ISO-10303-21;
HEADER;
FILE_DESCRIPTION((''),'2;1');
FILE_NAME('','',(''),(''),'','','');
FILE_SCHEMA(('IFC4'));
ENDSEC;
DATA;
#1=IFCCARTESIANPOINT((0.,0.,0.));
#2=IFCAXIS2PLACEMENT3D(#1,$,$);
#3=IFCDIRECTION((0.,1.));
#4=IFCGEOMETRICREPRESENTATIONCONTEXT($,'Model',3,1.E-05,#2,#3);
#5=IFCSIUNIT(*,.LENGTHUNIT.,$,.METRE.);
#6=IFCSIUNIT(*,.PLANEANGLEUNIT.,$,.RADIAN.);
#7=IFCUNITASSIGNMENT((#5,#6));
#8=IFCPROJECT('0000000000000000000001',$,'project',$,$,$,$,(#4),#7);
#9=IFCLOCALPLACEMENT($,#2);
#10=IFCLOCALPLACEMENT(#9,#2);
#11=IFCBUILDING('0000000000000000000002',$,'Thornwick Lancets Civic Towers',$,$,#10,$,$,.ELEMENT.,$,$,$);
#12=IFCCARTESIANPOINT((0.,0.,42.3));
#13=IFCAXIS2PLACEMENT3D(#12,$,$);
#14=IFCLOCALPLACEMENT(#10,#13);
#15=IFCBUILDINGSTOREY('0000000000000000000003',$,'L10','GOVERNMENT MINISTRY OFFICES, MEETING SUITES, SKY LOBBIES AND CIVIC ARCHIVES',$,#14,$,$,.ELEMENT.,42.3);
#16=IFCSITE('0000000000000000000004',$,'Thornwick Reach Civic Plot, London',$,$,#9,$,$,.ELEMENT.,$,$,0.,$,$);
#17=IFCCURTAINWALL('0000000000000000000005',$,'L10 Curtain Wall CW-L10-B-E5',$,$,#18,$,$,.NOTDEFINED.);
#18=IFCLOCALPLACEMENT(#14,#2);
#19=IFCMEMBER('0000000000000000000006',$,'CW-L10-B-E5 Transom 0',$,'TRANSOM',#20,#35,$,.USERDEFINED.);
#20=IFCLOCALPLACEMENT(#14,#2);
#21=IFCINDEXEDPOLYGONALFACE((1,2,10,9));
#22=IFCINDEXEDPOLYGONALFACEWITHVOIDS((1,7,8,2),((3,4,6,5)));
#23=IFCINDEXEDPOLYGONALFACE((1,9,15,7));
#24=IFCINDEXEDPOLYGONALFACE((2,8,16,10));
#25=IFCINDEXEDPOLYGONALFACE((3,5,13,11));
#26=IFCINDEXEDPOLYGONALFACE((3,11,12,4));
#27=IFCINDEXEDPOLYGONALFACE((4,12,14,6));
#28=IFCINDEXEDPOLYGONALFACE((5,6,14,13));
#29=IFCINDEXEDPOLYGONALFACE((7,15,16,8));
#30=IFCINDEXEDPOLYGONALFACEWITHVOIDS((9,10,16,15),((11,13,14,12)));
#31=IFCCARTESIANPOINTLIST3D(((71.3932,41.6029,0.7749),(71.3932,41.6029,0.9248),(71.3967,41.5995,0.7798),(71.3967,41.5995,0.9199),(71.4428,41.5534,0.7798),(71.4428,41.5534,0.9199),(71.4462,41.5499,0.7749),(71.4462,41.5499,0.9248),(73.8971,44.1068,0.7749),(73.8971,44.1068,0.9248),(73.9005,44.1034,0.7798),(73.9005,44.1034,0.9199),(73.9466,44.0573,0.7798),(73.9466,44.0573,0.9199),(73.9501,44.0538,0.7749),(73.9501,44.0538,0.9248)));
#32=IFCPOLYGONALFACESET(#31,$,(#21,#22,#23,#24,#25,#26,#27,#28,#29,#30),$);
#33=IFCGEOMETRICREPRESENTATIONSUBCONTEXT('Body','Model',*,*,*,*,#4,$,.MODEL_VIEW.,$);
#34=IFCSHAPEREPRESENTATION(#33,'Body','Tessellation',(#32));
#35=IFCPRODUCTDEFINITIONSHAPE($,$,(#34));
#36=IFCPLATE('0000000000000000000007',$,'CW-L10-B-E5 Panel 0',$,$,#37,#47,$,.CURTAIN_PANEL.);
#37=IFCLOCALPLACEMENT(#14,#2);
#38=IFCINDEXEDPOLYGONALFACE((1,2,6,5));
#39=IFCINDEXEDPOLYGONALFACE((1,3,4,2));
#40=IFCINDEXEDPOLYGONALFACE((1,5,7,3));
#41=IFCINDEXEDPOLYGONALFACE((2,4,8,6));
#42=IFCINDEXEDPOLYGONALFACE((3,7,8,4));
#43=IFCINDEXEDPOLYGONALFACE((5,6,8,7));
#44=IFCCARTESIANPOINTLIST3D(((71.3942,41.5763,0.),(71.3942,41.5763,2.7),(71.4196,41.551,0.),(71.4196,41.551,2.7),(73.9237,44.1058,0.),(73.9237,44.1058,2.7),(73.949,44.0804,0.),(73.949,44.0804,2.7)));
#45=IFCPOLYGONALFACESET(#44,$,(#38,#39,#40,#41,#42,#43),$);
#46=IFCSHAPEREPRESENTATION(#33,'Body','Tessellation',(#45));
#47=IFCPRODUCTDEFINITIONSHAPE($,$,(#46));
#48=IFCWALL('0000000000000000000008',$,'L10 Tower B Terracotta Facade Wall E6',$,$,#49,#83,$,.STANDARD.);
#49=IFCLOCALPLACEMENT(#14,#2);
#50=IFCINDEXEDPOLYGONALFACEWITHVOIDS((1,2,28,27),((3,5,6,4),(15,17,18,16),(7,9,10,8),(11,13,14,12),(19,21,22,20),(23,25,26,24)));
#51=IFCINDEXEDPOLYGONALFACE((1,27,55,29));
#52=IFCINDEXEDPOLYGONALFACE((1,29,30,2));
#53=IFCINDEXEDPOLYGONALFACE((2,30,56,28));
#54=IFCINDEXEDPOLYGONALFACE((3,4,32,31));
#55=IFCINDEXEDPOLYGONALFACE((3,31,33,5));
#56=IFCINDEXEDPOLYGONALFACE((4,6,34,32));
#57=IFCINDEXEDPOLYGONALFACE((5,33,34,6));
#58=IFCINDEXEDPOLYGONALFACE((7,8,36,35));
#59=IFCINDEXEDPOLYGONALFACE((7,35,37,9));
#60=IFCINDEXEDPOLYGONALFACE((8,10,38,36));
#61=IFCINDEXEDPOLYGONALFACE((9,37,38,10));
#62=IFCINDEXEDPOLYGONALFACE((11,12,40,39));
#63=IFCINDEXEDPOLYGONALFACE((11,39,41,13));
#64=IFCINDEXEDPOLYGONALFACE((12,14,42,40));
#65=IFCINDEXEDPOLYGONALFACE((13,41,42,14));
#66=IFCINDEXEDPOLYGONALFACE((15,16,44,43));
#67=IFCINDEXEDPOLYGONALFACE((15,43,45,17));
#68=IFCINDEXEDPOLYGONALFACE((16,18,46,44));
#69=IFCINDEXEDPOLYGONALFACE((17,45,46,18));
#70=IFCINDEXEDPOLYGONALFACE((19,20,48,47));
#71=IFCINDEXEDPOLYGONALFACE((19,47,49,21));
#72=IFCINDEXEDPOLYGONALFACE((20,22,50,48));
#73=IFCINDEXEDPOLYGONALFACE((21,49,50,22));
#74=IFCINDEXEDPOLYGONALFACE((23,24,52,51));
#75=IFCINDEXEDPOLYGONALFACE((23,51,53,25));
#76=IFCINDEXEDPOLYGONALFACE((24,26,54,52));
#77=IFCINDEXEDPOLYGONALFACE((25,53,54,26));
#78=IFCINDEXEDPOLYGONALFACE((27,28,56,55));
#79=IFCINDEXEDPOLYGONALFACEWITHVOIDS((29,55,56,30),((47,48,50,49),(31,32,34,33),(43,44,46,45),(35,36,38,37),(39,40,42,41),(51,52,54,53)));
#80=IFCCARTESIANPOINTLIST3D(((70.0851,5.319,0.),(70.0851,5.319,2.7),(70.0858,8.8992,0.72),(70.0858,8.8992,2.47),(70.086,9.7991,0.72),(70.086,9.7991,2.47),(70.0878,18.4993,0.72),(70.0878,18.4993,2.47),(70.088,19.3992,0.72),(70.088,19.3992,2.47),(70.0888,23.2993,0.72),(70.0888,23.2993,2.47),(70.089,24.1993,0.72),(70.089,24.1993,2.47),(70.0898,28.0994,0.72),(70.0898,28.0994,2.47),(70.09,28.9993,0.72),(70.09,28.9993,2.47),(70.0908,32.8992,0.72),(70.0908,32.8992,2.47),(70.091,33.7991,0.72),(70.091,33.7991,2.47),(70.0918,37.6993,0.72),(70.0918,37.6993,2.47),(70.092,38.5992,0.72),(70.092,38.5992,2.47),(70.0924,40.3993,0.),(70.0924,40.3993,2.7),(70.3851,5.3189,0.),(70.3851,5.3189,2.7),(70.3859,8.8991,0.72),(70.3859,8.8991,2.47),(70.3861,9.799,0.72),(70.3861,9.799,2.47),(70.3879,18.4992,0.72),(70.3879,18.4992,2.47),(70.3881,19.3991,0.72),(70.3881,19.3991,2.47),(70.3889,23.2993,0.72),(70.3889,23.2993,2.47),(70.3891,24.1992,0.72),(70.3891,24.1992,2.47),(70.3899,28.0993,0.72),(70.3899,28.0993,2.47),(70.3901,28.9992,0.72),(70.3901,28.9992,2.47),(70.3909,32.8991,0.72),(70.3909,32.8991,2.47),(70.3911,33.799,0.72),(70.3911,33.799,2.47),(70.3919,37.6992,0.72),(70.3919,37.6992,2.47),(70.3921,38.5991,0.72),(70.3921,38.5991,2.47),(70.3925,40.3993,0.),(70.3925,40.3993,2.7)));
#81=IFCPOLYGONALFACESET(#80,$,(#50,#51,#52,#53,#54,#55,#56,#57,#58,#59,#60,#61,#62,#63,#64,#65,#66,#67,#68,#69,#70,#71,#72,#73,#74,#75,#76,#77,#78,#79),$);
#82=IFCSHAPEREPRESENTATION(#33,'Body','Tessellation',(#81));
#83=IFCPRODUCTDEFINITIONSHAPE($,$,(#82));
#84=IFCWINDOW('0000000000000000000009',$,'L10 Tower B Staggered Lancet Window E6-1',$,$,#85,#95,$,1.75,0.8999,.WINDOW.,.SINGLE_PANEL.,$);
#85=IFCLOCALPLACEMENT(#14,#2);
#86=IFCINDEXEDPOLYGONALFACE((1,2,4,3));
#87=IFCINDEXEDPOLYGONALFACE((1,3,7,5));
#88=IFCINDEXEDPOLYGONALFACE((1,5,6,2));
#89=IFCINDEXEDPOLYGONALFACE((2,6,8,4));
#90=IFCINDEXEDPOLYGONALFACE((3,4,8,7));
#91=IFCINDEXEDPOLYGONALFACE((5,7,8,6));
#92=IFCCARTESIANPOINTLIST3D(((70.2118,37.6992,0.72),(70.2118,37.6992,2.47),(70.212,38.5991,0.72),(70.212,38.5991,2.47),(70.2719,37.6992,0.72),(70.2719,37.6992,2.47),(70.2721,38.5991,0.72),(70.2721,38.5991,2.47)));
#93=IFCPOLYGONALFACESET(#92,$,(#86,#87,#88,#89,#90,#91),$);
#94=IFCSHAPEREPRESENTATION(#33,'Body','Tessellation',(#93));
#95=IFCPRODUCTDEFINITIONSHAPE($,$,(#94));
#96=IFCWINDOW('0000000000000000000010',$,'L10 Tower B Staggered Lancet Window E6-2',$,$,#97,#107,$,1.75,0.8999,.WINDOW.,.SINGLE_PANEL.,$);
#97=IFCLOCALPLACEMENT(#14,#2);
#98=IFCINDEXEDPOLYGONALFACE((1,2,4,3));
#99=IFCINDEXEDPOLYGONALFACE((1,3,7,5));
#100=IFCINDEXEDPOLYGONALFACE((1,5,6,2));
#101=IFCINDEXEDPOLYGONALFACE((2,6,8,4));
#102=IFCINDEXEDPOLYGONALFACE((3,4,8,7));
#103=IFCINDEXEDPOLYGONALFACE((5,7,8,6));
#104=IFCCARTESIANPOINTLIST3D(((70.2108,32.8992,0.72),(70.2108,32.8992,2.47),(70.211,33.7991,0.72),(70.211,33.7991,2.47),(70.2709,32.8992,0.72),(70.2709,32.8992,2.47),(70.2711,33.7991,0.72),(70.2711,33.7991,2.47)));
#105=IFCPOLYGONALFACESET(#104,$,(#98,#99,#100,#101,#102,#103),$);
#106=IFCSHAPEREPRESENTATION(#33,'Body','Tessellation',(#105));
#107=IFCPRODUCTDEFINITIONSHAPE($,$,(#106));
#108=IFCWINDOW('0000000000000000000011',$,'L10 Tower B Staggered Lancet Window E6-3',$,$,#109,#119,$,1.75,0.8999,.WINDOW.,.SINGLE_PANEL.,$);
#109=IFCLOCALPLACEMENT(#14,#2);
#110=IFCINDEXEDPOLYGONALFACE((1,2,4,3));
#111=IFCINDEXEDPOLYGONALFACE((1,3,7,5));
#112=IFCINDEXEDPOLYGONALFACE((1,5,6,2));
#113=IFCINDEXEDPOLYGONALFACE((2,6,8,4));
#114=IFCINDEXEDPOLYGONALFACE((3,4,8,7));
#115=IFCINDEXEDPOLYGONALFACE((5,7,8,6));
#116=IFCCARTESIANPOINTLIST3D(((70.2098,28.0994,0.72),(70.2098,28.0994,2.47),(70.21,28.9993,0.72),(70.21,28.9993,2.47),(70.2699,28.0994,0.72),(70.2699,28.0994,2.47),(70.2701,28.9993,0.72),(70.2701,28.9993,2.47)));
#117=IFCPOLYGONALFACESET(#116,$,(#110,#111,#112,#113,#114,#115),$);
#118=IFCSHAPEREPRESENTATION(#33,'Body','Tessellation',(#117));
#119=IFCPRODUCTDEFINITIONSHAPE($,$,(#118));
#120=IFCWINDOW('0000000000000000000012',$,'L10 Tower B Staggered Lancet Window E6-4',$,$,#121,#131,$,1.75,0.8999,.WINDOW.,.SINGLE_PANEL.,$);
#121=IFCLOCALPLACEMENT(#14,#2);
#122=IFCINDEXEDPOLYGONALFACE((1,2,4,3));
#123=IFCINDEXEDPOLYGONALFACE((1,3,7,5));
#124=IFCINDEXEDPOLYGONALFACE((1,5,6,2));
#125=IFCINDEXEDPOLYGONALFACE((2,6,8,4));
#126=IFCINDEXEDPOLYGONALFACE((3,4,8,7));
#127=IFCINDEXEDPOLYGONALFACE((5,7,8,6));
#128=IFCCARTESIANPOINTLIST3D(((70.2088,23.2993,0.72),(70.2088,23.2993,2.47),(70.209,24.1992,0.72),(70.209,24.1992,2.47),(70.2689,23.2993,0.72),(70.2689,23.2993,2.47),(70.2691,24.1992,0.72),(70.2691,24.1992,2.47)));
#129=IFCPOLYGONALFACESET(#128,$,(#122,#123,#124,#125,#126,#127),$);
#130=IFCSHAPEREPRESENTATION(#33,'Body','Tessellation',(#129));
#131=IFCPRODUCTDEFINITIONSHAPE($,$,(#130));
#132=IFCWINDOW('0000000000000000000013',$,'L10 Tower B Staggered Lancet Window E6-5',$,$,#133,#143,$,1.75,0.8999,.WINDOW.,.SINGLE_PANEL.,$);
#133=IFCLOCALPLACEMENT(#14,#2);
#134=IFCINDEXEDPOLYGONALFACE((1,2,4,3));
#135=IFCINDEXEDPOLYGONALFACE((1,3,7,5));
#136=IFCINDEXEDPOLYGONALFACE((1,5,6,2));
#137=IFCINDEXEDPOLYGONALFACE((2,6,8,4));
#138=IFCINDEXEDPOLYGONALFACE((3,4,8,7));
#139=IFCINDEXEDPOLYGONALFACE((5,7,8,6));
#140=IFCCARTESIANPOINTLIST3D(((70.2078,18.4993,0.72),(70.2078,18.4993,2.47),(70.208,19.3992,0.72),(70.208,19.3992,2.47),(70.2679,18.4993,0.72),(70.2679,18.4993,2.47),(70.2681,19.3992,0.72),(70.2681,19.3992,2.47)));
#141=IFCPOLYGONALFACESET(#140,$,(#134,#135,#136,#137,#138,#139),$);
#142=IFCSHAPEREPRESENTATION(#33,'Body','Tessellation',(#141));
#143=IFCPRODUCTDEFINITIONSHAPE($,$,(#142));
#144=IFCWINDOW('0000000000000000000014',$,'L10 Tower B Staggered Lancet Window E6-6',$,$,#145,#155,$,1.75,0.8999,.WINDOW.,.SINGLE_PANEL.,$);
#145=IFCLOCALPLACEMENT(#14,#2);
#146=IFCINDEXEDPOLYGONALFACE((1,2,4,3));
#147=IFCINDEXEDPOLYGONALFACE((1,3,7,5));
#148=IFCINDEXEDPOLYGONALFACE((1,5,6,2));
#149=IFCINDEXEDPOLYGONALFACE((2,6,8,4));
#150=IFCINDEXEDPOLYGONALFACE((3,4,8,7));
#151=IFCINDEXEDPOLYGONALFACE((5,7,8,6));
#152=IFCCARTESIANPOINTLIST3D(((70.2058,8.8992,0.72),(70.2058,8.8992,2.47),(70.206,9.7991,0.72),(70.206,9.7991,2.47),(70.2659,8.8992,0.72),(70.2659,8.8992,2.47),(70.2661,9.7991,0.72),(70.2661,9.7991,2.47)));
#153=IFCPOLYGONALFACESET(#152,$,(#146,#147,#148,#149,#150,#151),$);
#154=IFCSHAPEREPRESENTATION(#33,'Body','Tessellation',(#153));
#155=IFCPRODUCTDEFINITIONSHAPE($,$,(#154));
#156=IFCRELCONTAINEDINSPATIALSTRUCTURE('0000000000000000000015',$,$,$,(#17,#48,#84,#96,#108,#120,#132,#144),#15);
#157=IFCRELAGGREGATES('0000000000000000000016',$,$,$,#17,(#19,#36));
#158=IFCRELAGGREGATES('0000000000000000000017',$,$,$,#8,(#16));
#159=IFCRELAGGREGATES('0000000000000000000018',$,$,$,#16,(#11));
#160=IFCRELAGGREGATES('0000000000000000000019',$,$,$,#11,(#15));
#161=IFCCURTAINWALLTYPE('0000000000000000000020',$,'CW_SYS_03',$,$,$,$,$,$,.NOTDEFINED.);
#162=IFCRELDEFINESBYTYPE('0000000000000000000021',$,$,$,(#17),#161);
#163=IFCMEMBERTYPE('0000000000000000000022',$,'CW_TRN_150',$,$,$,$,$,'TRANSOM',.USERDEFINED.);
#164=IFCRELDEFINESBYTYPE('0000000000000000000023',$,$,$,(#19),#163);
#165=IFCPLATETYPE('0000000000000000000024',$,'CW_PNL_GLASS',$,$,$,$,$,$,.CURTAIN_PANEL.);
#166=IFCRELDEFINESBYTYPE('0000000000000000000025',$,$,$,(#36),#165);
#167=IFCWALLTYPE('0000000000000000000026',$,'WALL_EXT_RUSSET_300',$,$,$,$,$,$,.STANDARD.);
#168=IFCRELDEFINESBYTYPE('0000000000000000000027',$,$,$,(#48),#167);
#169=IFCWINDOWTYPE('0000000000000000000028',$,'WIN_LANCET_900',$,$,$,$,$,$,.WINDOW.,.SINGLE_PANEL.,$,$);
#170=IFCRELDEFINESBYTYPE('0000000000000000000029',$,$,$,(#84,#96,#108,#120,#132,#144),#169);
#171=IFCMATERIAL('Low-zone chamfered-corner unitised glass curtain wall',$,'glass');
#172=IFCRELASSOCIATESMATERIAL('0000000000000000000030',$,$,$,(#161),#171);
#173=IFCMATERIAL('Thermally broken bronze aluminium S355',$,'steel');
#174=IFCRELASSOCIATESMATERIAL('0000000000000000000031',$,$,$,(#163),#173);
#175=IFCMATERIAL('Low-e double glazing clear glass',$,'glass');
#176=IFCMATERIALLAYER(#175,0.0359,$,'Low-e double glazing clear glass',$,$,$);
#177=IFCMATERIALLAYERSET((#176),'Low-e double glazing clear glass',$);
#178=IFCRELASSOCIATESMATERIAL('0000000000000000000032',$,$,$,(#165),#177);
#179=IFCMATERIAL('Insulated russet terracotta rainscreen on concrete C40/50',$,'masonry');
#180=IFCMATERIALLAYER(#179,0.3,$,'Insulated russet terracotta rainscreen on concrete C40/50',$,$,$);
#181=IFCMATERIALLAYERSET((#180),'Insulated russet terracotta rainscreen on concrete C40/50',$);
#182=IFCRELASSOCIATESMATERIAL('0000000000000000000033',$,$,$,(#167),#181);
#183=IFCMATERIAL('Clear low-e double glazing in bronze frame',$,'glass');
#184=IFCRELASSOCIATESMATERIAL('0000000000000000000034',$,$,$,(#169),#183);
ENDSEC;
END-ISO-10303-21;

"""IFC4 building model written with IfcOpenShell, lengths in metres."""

from ifc_helpers import new_model, si_unit, direction, frame, frame_2d, origin, origin_2d, place, context, subcontext, project, spatial, rectangle, hollow_rectangle, extrude, material, layer, layer_set, material_profile, profile_set, type_object, element, fill, aggregate, save


model = new_model("IFC4")

# Units and contexts
model_context = context("Model", 3, precision=1e-05, world=origin(), true_north=direction((0.0, 1.0)))
body_context = subcontext(model_context, "Body", "Model", "MODEL_VIEW")
ifc_project = project(units=[si_unit("LENGTHUNIT", "METRE"), si_unit("PLANEANGLEUNIT", "RADIAN")], contexts=[model_context])

# Site, building, storey
site_placement = place(None, origin())
site = spatial("IfcSite", under=ifc_project, at=site_placement, Name="Thornwick Reach Civic Plot, London", CompositionType="ELEMENT", RefElevation=0.0)
building_placement = place(site_placement, origin())
building = spatial("IfcBuilding", under=site, at=building_placement, Name="Thornwick Lancets Civic Towers", CompositionType="ELEMENT")
storey_placement = place(building_placement, frame((0.0, 0.0, 42.3)))
storey = spatial("IfcBuildingStorey", under=building, at=storey_placement, Name="L10", Description="GOVERNMENT MINISTRY OFFICES, MEETING SUITES, SKY LOBBIES AND CIVIC ARCHIVES", CompositionType="ELEMENT", Elevation=42.3)

# Curtain wall, member, plate
ifc_material_1 = material(Name="Low-zone chamfered-corner unitised glass curtain wall", Category="glass")
curtain_wall_type = type_object("IfcCurtainWallType", Name="CW_SYS_03", PredefinedType="NOTDEFINED", material=ifc_material_1)
curtain_wall_placement = place(storey_placement, origin())
curtain_wall = element("IfcCurtainWall", 1, at=curtain_wall_placement, inside=storey, type_object=curtain_wall_type, Name="L10 Curtain Wall CW-L10-B-E5", PredefinedType="NOTDEFINED")
ifc_material_2 = material(Name="Thermally broken bronze aluminium S355", Category="steel")
ifc_material_profile_1 = material_profile(ifc_material_2, hollow_rectangle(XDim=0.075, YDim=0.1499, WallThickness=0.0049, at=origin_2d()), Name="RHS 150x75x5")
ifc_profile_set_1 = profile_set([ifc_material_profile_1], Name="Thermally broken bronze aluminium S355")
member_type_1 = type_object("IfcMemberType", Name="CW_TRN_150", ElementType="TRANSOM", PredefinedType="USERDEFINED", material=ifc_profile_set_1)
member_1_placement = place(storey_placement, frame((73.9236, 44.0803, 0.8499), z_axis=(-0.707107, -0.707107, 0.0), x_axis=(0.707107, -0.707107, 0.0)))
member_1 = element("IfcMember", 2, at=member_1_placement, type_object=member_type_1, Name="CW-L10-B-E5 Transom 0", ObjectType="TRANSOM", PredefinedType="USERDEFINED", context=body_context, shape_type="SweptSolid", body=[
    extrude(hollow_rectangle(XDim=0.075, YDim=0.1499, WallThickness=0.0049, at=origin_2d()), origin(), (0.0, 0.0, 1.0), 3.541),
])
ifc_material_3 = material(Name="Low-e double glazing clear glass", Category="glass")
ifc_layer_1 = layer(ifc_material_3, 0.0359, Name="Low-e double glazing clear glass")
ifc_layer_set_1 = layer_set([ifc_layer_1], Name="Low-e double glazing clear glass")
plate_type = type_object("IfcPlateType", Name="CW_PNL_GLASS", PredefinedType="CURTAIN_PANEL", material=ifc_layer_set_1)
plate_placement = place(storey_placement, frame((72.6716, 42.8284, 0.0), z_axis=(0.0, 0.0, 1.0), x_axis=(-0.707107, -0.707107, 0.0)))
plate = element("IfcPlate", 3, at=plate_placement, type_object=plate_type, Name="CW-L10-B-E5 Panel 0", PredefinedType="CURTAIN_PANEL", context=body_context, shape_type="SweptSolid", body=[
    extrude(rectangle(XDim=3.5771, YDim=0.0359, at=origin_2d()), origin(), (0.0, 0.0, 1.0), 2.7),
])
aggregate(curtain_wall, [member_1, plate])

# Wall, openings, windows
ifc_material_4 = material(Name="Insulated russet terracotta rainscreen on concrete C40/50", Category="masonry")
ifc_layer_2 = layer(ifc_material_4, 0.3, Name="Insulated russet terracotta rainscreen on concrete C40/50")
ifc_layer_set_2 = layer_set([ifc_layer_2], Name="Insulated russet terracotta rainscreen on concrete C40/50")
wall_type_1 = type_object("IfcWallType", Name="WALL_EXT_RUSSET_300", PredefinedType="STANDARD", material=ifc_layer_set_2)
wall_1_placement = place(storey_placement, frame((70.2424, 40.3992, 0.0), z_axis=(0.0, 0.0, 1.0), x_axis=(-0.000209, -1.0, 0.0)))
wall_1 = element("IfcWall", 4, at=wall_1_placement, inside=storey, type_object=wall_type_1, Name="L10 Tower B Terracotta Facade Wall E6", PredefinedType="STANDARD", context=body_context, shape_type="SweptSolid", body=[
    extrude(rectangle(XDim=35.0803, YDim=0.3, at=frame_2d((17.54, 0.0))), origin(), (0.0, 0.0, 1.0), 2.7),
])
opening_1_placement = place(wall_1_placement, frame((1.8, 0.0, 0.72)))
opening_1 = element("IfcOpeningElement", 5, at=opening_1_placement, cuts=wall_1, PredefinedType="OPENING", context=body_context, shape_type="SweptSolid", body=[
    extrude(rectangle(XDim=0.8999, YDim=1.75, at=frame_2d((0.45, 0.875))), frame((0.0, 0.1602, 0.0), z_axis=(0.0, -1.0, 0.0), x_axis=(1.0, 0.0, 0.0)), (0.0, 0.0, 1.0), 0.3201),
])
opening_2_placement = place(wall_1_placement, frame((6.6001, 0.0, 0.72)))
opening_2 = element("IfcOpeningElement", 6, at=opening_2_placement, cuts=wall_1, PredefinedType="OPENING", context=body_context, shape_type="SweptSolid", body=[
    extrude(rectangle(XDim=0.8999, YDim=1.75, at=frame_2d((0.45, 0.875))), frame((0.0, 0.1602, 0.0), z_axis=(0.0, -1.0, 0.0), x_axis=(1.0, 0.0, 0.0)), (0.0, 0.0, 1.0), 0.3201),
])
opening_3_placement = place(wall_1_placement, frame((11.3999, 0.0, 0.72)))
opening_3 = element("IfcOpeningElement", 7, at=opening_3_placement, cuts=wall_1, PredefinedType="OPENING", context=body_context, shape_type="SweptSolid", body=[
    extrude(rectangle(XDim=0.8999, YDim=1.75, at=frame_2d((0.45, 0.875))), frame((0.0, 0.1602, 0.0), z_axis=(0.0, -1.0, 0.0), x_axis=(1.0, 0.0, 0.0)), (0.0, 0.0, 1.0), 0.3201),
])
opening_4_placement = place(wall_1_placement, frame((16.2, 0.0, 0.72)))
opening_4 = element("IfcOpeningElement", 8, at=opening_4_placement, cuts=wall_1, PredefinedType="OPENING", context=body_context, shape_type="SweptSolid", body=[
    extrude(rectangle(XDim=0.8999, YDim=1.75, at=frame_2d((0.45, 0.875))), frame((0.0, 0.1602, 0.0), z_axis=(0.0, -1.0, 0.0), x_axis=(1.0, 0.0, 0.0)), (0.0, 0.0, 1.0), 0.3201),
])
opening_5_placement = place(wall_1_placement, frame((21.0, 0.0, 0.72)))
opening_5 = element("IfcOpeningElement", 9, at=opening_5_placement, cuts=wall_1, PredefinedType="OPENING", context=body_context, shape_type="SweptSolid", body=[
    extrude(rectangle(XDim=0.8999, YDim=1.75, at=frame_2d((0.45, 0.875))), frame((0.0, 0.1602, 0.0), z_axis=(0.0, -1.0, 0.0), x_axis=(1.0, 0.0, 0.0)), (0.0, 0.0, 1.0), 0.3201),
])
opening_6_placement = place(wall_1_placement, frame((30.6001, 0.0, 0.72)))
opening_6 = element("IfcOpeningElement", 10, at=opening_6_placement, cuts=wall_1, PredefinedType="OPENING", context=body_context, shape_type="SweptSolid", body=[
    extrude(rectangle(XDim=0.8999, YDim=1.75, at=frame_2d((0.45, 0.875))), frame((0.0, 0.1602, 0.0), z_axis=(0.0, -1.0, 0.0), x_axis=(1.0, 0.0, 0.0)), (0.0, 0.0, 1.0), 0.3201),
])
ifc_material_5 = material(Name="Clear low-e double glazing in bronze frame", Category="glass")
window_type = type_object("IfcWindowType", Name="WIN_LANCET_900", PartitioningType="SINGLE_PANEL", PredefinedType="WINDOW", material=ifc_material_5)
window_1_placement = place(opening_1_placement, origin())
window_1 = element("IfcWindow", 11, at=window_1_placement, inside=storey, type_object=window_type, Name="L10 Tower B Staggered Lancet Window E6-1", OverallHeight=1.75, OverallWidth=0.8999, PartitioningType="SINGLE_PANEL", PredefinedType="WINDOW", context=body_context, shape_type="SweptSolid", body=[
    extrude(rectangle(XDim=0.8999, YDim=1.75, at=frame_2d((0.45, 0.875))), frame((0.0, 0.03, 0.0), z_axis=(0.0, -1.0, 0.0), x_axis=(1.0, 0.0, 0.0)), (0.0, 0.0, 1.0), 0.0601),
])
fill(opening_1, window_1)
window_2_placement = place(opening_2_placement, origin())
window_2 = element("IfcWindow", 12, at=window_2_placement, inside=storey, type_object=window_type, Name="L10 Tower B Staggered Lancet Window E6-2", OverallHeight=1.75, OverallWidth=0.8999, PartitioningType="SINGLE_PANEL", PredefinedType="WINDOW", context=body_context, shape_type="SweptSolid", body=[
    extrude(rectangle(XDim=0.8999, YDim=1.75, at=frame_2d((0.45, 0.875))), frame((0.0, 0.03, 0.0), z_axis=(0.0, -1.0, 0.0), x_axis=(1.0, 0.0, 0.0)), (0.0, 0.0, 1.0), 0.0601),
])
fill(opening_2, window_2)
window_3_placement = place(opening_3_placement, origin())
window_3 = element("IfcWindow", 13, at=window_3_placement, inside=storey, type_object=window_type, Name="L10 Tower B Staggered Lancet Window E6-3", OverallHeight=1.75, OverallWidth=0.8999, PartitioningType="SINGLE_PANEL", PredefinedType="WINDOW", context=body_context, shape_type="SweptSolid", body=[
    extrude(rectangle(XDim=0.8999, YDim=1.75, at=frame_2d((0.45, 0.875))), frame((0.0, 0.03, 0.0), z_axis=(0.0, -1.0, 0.0), x_axis=(1.0, 0.0, 0.0)), (0.0, 0.0, 1.0), 0.0601),
])
fill(opening_3, window_3)
window_4_placement = place(opening_4_placement, origin())
window_4 = element("IfcWindow", 14, at=window_4_placement, inside=storey, type_object=window_type, Name="L10 Tower B Staggered Lancet Window E6-4", OverallHeight=1.75, OverallWidth=0.8999, PartitioningType="SINGLE_PANEL", PredefinedType="WINDOW", context=body_context, shape_type="SweptSolid", body=[
    extrude(rectangle(XDim=0.8999, YDim=1.75, at=frame_2d((0.45, 0.875))), frame((0.0, 0.03, 0.0), z_axis=(0.0, -1.0, 0.0), x_axis=(1.0, 0.0, 0.0)), (0.0, 0.0, 1.0), 0.0601),
])
fill(opening_4, window_4)
window_5_placement = place(opening_5_placement, origin())
window_5 = element("IfcWindow", 15, at=window_5_placement, inside=storey, type_object=window_type, Name="L10 Tower B Staggered Lancet Window E6-5", OverallHeight=1.75, OverallWidth=0.8999, PartitioningType="SINGLE_PANEL", PredefinedType="WINDOW", context=body_context, shape_type="SweptSolid", body=[
    extrude(rectangle(XDim=0.8999, YDim=1.75, at=frame_2d((0.45, 0.875))), frame((0.0, 0.03, 0.0), z_axis=(0.0, -1.0, 0.0), x_axis=(1.0, 0.0, 0.0)), (0.0, 0.0, 1.0), 0.0601),
])
fill(opening_5, window_5)
window_6_placement = place(opening_6_placement, origin())
window_6 = element("IfcWindow", 16, at=window_6_placement, inside=storey, type_object=window_type, Name="L10 Tower B Staggered Lancet Window E6-6", OverallHeight=1.75, OverallWidth=0.8999, PartitioningType="SINGLE_PANEL", PredefinedType="WINDOW", context=body_context, shape_type="SweptSolid", body=[
    extrude(rectangle(XDim=0.8999, YDim=1.75, at=frame_2d((0.45, 0.875))), frame((0.0, 0.03, 0.0), z_axis=(0.0, -1.0, 0.0), x_axis=(1.0, 0.0, 0.0)), (0.0, 0.0, 1.0), 0.0601),
])
fill(opening_6, window_6)

save(model, "model.ifc")
